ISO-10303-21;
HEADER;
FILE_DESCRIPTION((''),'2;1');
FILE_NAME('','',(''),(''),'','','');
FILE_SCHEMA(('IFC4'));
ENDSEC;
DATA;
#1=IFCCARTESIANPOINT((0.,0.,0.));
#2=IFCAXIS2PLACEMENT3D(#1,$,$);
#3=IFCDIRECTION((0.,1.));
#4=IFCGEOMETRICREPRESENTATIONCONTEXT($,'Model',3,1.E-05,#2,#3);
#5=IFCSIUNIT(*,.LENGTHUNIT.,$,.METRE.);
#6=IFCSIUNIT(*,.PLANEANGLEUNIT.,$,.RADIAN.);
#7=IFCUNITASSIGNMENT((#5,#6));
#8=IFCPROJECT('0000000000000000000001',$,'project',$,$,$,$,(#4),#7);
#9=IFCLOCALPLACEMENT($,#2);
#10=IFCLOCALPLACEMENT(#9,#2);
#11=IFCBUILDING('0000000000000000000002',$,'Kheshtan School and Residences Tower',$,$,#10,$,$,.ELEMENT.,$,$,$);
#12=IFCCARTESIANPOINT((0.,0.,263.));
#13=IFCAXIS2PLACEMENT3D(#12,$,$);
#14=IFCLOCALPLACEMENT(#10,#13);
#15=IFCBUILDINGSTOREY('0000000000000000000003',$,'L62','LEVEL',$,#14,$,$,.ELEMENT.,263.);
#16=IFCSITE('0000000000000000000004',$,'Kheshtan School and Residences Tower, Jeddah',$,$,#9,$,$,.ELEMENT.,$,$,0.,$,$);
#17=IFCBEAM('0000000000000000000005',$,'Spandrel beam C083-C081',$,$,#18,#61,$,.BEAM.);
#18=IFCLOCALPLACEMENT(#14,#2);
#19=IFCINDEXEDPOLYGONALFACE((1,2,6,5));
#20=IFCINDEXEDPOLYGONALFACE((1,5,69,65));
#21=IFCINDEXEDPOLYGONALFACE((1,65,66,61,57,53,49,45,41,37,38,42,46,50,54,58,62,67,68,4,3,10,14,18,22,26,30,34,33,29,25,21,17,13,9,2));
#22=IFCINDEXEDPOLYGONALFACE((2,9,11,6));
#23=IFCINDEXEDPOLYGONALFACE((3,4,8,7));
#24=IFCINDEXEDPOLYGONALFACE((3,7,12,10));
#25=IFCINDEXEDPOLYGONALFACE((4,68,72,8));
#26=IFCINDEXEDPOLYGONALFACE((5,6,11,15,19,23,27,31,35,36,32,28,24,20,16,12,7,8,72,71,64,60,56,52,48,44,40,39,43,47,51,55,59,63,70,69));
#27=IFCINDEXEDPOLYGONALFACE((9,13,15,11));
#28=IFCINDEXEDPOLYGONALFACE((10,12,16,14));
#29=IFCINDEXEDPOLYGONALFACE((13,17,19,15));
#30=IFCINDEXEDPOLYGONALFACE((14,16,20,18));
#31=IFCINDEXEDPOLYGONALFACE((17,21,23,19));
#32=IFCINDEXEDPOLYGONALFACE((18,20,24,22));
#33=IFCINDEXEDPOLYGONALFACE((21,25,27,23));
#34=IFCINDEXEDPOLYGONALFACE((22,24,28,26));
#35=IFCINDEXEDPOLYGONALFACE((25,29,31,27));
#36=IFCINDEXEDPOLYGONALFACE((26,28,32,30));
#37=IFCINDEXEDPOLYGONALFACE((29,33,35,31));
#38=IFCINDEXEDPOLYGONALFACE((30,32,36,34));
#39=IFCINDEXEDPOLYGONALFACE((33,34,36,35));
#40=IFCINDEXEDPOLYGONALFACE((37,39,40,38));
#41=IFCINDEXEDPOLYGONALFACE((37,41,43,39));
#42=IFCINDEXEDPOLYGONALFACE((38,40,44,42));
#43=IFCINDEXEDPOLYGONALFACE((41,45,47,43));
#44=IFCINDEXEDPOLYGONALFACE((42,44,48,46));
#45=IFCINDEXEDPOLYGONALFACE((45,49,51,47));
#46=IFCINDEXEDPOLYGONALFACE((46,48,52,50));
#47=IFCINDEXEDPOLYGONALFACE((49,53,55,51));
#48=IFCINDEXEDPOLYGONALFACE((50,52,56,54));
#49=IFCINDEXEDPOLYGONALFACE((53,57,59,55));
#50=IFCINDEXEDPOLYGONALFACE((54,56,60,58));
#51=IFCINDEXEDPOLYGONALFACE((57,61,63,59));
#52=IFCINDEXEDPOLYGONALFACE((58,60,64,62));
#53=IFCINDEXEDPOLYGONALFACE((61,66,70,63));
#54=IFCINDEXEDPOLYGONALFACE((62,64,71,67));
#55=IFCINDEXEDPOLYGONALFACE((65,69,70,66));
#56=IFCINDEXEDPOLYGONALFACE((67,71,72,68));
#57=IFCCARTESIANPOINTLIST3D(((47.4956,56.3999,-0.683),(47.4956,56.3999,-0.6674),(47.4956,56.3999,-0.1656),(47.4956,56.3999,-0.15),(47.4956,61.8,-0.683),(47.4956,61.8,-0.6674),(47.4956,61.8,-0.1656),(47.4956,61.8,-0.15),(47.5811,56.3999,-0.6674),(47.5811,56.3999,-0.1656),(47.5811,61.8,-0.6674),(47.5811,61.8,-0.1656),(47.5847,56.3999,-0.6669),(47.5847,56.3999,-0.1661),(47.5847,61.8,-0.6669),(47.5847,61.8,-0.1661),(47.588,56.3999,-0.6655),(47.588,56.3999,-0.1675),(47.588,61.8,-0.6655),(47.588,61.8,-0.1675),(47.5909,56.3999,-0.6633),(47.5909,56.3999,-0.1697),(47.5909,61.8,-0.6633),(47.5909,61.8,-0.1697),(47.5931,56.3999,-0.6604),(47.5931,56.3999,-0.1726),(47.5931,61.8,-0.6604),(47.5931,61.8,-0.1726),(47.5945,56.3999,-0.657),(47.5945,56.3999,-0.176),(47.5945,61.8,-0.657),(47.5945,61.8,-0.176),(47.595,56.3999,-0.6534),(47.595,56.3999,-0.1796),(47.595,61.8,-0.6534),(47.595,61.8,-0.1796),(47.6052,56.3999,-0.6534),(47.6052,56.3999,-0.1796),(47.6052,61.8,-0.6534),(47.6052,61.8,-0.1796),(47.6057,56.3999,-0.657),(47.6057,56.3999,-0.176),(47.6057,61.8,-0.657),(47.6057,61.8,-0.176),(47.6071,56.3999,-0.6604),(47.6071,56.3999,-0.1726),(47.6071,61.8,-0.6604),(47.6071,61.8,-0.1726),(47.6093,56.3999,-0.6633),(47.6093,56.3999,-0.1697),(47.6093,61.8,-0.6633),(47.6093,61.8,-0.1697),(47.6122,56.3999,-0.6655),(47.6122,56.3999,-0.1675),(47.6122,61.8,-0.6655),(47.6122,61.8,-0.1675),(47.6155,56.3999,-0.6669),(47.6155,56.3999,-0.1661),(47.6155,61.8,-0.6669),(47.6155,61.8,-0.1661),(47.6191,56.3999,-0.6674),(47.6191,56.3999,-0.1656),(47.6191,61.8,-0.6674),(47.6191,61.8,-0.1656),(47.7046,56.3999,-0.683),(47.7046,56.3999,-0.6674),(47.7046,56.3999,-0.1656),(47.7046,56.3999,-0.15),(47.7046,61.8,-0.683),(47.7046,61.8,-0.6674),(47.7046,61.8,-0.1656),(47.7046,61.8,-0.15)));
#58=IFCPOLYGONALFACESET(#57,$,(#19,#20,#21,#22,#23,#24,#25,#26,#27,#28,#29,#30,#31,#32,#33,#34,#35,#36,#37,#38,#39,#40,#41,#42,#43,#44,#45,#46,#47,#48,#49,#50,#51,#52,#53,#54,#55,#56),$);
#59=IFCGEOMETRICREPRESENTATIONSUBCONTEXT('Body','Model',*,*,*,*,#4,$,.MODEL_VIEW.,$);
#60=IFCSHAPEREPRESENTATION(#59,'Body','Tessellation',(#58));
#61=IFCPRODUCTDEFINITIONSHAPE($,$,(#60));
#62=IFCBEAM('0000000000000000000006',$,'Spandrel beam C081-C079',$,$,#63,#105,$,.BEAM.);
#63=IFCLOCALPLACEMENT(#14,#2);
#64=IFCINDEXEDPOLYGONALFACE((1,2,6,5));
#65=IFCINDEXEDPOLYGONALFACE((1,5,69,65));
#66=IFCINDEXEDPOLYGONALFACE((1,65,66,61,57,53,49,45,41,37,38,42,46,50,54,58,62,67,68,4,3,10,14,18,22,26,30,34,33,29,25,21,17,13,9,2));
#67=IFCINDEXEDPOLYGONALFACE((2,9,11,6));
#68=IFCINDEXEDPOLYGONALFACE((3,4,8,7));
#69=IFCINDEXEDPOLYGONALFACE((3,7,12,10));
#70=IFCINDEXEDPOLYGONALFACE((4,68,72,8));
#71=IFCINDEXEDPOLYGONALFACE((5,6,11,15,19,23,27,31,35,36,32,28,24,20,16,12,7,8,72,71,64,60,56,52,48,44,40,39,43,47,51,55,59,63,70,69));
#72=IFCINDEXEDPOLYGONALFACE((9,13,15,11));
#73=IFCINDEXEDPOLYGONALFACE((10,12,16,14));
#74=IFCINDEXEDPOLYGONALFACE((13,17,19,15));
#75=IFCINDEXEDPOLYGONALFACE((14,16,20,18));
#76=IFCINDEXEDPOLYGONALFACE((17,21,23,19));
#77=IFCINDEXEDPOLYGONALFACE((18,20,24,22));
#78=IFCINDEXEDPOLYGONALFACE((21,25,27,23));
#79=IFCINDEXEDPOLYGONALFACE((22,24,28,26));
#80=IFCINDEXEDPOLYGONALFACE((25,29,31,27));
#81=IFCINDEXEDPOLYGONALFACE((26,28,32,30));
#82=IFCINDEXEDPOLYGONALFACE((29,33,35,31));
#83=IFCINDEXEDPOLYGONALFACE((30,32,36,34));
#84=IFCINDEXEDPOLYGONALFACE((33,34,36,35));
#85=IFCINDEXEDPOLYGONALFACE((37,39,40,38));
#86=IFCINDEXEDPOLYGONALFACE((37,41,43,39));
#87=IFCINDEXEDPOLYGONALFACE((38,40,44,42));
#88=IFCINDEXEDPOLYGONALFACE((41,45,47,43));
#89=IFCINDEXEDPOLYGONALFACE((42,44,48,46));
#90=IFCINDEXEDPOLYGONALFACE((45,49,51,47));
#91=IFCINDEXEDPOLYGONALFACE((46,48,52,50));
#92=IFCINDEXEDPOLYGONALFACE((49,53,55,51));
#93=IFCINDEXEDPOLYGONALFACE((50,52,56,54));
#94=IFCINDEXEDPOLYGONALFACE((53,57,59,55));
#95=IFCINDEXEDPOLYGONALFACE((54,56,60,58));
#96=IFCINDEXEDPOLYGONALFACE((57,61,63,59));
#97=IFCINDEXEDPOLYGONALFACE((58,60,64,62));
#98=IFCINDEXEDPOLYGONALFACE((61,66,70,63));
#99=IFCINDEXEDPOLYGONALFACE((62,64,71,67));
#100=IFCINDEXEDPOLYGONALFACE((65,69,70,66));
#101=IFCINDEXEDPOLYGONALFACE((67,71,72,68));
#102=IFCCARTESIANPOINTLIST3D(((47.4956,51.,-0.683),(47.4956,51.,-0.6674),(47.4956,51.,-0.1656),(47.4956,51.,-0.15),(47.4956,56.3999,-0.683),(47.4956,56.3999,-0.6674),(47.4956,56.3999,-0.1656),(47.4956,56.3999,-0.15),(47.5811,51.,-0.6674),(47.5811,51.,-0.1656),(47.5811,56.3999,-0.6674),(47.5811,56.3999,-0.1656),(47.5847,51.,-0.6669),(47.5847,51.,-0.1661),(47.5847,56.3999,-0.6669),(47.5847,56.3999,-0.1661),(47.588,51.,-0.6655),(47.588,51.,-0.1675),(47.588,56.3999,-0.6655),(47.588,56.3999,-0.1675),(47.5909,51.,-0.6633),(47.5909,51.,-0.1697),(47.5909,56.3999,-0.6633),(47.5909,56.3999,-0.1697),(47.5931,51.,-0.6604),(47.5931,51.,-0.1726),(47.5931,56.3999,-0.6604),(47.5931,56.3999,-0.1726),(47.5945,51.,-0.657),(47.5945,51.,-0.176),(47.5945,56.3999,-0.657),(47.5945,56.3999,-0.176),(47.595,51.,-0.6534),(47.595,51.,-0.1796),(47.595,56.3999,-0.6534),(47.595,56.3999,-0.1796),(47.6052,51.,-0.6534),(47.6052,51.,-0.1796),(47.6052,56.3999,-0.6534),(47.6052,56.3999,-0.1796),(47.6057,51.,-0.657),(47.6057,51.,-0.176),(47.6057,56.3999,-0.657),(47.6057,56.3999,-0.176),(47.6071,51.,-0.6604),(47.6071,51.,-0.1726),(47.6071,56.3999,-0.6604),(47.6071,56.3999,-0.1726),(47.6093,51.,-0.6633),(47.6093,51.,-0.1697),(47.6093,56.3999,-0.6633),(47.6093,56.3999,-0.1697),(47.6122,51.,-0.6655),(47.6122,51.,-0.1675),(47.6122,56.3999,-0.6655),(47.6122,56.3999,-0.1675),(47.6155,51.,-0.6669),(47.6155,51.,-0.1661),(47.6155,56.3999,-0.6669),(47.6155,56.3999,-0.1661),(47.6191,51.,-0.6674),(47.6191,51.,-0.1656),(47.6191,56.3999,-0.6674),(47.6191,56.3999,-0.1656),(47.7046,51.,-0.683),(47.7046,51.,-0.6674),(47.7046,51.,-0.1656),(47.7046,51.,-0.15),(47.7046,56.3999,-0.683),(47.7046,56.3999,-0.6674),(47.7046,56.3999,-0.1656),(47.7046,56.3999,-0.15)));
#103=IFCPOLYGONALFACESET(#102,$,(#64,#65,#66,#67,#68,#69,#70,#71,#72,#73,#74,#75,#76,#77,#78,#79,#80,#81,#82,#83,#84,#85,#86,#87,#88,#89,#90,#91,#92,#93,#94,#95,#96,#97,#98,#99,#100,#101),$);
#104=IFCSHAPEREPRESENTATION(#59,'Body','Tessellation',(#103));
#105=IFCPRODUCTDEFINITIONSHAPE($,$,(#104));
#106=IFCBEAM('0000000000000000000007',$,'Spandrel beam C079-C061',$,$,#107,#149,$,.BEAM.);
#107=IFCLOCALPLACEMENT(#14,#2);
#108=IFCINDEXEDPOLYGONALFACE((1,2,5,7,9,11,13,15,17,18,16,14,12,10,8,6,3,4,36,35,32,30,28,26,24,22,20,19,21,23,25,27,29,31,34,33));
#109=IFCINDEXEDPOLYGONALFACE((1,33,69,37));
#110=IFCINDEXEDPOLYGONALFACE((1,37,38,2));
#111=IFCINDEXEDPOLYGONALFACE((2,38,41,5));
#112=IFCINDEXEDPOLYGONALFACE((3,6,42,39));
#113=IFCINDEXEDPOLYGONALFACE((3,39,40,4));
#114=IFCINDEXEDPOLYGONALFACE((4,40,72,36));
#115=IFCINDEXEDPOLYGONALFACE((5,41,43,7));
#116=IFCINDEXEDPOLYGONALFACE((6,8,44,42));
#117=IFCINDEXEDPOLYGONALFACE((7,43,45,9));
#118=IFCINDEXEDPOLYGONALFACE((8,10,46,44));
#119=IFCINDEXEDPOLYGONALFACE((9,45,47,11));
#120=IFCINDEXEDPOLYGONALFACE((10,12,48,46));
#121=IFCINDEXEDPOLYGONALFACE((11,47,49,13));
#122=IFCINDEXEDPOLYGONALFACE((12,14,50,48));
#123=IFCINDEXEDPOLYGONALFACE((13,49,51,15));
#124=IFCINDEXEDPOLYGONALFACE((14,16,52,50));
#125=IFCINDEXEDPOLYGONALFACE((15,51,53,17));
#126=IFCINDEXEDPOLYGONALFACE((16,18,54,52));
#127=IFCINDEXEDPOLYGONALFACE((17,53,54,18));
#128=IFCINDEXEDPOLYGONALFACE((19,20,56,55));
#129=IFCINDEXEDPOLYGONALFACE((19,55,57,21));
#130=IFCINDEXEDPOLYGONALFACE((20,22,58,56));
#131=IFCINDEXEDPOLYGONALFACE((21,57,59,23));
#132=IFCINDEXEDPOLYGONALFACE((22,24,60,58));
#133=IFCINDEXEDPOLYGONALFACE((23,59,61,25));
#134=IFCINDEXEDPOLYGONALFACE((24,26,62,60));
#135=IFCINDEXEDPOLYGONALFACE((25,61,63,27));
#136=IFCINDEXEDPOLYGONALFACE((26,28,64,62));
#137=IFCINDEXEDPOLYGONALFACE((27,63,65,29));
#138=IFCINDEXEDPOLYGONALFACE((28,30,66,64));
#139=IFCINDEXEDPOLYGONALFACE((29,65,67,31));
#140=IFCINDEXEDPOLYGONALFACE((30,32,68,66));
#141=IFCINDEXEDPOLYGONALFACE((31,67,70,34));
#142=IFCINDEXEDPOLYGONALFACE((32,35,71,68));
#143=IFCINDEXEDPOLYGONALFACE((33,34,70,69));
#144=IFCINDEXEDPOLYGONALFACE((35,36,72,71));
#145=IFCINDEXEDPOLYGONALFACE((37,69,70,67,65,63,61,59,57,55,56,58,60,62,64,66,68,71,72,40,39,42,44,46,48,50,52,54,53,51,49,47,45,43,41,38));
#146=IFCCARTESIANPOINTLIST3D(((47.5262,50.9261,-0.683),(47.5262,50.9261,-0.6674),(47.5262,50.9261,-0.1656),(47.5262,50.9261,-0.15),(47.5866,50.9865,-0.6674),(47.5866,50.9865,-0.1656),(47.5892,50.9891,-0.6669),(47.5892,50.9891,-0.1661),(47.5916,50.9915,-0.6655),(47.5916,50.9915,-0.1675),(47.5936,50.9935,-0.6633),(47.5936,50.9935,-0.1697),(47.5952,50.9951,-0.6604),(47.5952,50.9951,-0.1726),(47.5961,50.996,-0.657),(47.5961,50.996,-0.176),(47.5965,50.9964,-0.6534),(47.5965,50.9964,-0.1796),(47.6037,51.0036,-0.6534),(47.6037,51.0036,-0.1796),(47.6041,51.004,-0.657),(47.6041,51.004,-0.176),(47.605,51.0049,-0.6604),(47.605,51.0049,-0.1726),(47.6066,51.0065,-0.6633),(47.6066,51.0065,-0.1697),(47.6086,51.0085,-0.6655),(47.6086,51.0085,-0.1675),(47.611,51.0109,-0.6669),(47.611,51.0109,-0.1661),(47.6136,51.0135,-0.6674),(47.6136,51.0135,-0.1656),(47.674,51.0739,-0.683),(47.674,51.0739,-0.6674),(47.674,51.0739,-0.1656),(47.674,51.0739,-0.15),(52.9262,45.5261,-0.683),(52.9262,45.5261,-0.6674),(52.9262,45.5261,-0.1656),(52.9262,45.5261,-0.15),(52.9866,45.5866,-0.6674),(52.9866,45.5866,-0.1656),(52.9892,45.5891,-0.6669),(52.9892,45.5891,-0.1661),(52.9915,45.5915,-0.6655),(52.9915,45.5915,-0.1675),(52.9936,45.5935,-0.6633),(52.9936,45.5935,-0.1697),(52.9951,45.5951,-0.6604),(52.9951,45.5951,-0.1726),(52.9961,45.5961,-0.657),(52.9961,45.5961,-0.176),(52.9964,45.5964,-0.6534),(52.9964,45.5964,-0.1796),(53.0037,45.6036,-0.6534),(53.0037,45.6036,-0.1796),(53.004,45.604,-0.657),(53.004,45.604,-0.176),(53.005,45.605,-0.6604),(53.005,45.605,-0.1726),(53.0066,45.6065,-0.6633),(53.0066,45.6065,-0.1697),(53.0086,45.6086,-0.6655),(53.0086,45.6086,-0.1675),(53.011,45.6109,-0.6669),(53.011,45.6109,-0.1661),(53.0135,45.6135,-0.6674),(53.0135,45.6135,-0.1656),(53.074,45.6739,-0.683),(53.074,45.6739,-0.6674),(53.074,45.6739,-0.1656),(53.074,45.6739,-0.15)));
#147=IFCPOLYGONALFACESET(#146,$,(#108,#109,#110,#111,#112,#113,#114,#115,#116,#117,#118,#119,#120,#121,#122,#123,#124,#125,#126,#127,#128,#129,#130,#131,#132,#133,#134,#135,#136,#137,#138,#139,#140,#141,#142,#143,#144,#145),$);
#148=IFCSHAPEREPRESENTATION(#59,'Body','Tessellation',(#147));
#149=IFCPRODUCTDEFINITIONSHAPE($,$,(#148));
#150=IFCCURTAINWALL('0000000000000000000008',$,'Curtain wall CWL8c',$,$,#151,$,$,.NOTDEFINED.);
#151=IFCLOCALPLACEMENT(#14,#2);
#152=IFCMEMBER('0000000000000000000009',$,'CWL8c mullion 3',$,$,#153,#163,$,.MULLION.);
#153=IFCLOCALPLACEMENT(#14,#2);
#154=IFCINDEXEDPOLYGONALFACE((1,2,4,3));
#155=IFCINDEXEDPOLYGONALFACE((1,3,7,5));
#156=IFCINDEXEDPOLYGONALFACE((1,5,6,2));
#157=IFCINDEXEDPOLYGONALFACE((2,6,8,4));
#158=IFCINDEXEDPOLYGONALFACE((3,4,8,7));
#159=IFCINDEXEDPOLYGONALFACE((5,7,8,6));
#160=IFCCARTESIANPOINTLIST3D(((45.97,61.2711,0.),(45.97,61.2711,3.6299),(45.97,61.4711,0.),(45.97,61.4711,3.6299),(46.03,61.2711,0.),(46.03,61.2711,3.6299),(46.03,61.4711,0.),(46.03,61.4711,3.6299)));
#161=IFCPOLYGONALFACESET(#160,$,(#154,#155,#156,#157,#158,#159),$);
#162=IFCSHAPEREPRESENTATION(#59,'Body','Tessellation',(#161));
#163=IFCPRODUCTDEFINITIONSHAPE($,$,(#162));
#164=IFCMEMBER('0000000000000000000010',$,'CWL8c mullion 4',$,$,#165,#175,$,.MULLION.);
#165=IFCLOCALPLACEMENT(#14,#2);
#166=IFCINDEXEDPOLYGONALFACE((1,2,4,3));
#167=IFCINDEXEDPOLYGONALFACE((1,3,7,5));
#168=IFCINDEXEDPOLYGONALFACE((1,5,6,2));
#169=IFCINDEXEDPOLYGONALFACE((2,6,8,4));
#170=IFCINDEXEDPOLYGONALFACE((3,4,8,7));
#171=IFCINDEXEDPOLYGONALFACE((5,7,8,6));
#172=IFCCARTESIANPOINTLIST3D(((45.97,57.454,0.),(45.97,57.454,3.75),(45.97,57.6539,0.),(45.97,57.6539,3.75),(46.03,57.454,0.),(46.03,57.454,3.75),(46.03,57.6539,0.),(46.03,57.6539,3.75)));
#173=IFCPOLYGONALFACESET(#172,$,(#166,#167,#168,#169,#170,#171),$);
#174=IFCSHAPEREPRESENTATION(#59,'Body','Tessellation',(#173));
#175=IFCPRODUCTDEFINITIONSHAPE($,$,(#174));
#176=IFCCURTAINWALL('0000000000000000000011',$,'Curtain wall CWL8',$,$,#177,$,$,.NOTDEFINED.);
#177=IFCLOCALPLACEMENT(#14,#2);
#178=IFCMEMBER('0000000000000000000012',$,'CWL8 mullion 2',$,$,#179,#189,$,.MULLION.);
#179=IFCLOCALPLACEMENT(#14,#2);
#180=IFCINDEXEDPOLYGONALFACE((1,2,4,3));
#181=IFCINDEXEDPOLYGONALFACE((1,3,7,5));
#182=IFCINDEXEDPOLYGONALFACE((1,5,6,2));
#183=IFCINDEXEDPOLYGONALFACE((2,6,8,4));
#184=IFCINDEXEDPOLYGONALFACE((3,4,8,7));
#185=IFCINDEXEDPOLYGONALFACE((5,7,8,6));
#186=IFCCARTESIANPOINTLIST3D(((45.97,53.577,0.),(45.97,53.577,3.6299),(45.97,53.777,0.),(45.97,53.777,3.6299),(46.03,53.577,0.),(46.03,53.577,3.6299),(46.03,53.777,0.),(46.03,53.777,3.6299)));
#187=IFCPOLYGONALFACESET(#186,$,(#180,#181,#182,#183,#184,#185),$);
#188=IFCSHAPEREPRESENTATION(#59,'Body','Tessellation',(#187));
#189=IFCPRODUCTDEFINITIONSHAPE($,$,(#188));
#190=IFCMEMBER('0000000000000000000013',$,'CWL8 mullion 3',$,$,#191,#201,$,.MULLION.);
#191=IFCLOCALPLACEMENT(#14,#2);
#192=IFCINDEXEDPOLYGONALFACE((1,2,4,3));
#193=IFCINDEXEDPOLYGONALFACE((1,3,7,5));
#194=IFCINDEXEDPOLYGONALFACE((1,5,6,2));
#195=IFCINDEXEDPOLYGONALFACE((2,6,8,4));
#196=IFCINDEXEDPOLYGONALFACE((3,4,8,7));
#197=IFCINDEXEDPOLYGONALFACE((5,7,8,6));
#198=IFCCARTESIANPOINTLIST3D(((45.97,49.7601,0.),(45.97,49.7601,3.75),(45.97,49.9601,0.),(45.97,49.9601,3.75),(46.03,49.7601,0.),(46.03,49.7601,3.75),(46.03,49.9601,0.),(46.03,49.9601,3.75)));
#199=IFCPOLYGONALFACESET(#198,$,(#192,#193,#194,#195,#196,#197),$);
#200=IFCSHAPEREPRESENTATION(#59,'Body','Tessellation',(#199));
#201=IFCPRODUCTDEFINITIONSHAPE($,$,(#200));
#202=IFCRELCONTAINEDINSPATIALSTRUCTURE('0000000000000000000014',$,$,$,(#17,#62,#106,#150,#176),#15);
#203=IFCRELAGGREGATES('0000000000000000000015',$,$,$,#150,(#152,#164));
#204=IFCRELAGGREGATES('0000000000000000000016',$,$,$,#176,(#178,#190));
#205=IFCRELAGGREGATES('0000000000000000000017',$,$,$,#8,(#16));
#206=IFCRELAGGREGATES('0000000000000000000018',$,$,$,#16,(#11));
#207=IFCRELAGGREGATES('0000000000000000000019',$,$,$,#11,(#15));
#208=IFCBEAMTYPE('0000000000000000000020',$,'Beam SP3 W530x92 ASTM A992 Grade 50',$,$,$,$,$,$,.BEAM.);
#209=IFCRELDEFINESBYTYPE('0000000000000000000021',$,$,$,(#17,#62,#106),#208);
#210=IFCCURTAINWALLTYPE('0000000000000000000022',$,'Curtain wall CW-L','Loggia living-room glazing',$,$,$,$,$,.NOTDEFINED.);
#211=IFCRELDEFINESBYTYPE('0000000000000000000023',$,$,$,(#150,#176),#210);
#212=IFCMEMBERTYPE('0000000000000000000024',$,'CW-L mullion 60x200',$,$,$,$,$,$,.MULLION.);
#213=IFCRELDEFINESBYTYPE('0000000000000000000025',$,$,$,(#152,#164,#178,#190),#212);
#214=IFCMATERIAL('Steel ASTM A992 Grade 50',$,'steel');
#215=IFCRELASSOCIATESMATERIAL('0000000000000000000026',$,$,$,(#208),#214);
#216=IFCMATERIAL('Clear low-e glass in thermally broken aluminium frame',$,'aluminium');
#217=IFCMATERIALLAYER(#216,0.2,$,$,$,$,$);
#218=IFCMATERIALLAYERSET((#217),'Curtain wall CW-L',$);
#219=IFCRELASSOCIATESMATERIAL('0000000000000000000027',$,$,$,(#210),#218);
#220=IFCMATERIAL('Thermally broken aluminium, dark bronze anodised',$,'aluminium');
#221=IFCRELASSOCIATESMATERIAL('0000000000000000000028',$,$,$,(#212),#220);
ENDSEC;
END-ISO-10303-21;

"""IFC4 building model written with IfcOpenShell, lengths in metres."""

from ifc_helpers import new_model, si_unit, direction, frame, origin, origin_2d, place, context, subcontext, project, spatial, rectangle, i_section, extrude, material, layer, layer_set, material_profile, profile_set, type_object, element, aggregate, save


model = new_model("IFC4")

# Units and contexts
model_context = context("Model", 3, precision=1e-05, world=origin(), true_north=direction((0.0, 1.0)))
body_context = subcontext(model_context, "Body", "Model", "MODEL_VIEW")
ifc_project = project(units=[si_unit("LENGTHUNIT", "METRE"), si_unit("PLANEANGLEUNIT", "RADIAN")], contexts=[model_context])

# Site, building, storey
site_placement = place(None, origin())
site = spatial("IfcSite", under=ifc_project, at=site_placement, Name="Kheshtan School and Residences Tower, Jeddah", CompositionType="ELEMENT", RefElevation=0.0)
building_placement = place(site_placement, origin())
building = spatial("IfcBuilding", under=site, at=building_placement, Name="Kheshtan School and Residences Tower", CompositionType="ELEMENT")
storey_placement = place(building_placement, frame((0.0, 0.0, 263.0)))
storey = spatial("IfcBuildingStorey", under=building, at=storey_placement, Name="L62", Description="LEVEL", CompositionType="ELEMENT", Elevation=263.0)

# Shared definitions
ifc_material_1 = material(Name="Steel ASTM A992 Grade 50", Category="steel")

# Beams
ifc_material_profile_1 = material_profile(ifc_material_1, i_section(OverallWidth=0.209, OverallDepth=0.533, WebThickness=0.0103, FlangeThickness=0.0156, FilletRadius=0.0139, at=origin_2d()), Name="W530x92")
ifc_profile_set_1 = profile_set([ifc_material_profile_1], Name="Steel ASTM A992 Grade 50")
beam_type_1 = type_object("IfcBeamType", Name="Beam SP3 W530x92 ASTM A992 Grade 50", PredefinedType="BEAM", material=ifc_profile_set_1)
beam_1_placement = place(storey_placement, frame((47.6001, 61.8, -0.4165), z_axis=(0.0, -1.0, 0.0), x_axis=(1.0, 0.0, 0.0)))
element("IfcBeam", 1, at=beam_1_placement, inside=storey, type_object=beam_type_1, Name="Spandrel beam C083-C081", PredefinedType="BEAM", context=body_context, shape_type="SweptSolid", body=[
    extrude(i_section(OverallWidth=0.209, OverallDepth=0.533, WebThickness=0.0103, FlangeThickness=0.0156, FilletRadius=0.0139, at=origin_2d()), origin(), (0.0, 0.0, 1.0), 5.4001),
])
beam_2_placement = place(storey_placement, frame((47.6001, 56.3999, -0.4165), z_axis=(0.0, -1.0, 0.0), x_axis=(1.0, 0.0, 0.0)))
element("IfcBeam", 2, at=beam_2_placement, inside=storey, type_object=beam_type_1, Name="Spandrel beam C081-C079", PredefinedType="BEAM", context=body_context, shape_type="SweptSolid", body=[
    extrude(i_section(OverallWidth=0.209, OverallDepth=0.533, WebThickness=0.0103, FlangeThickness=0.0156, FilletRadius=0.0139, at=origin_2d()), origin(), (0.0, 0.0, 1.0), 5.3999),
])
beam_3_placement = place(storey_placement, frame((47.6001, 51.0, -0.4165), z_axis=(0.707107, -0.707107, 0.0), x_axis=(0.707107, 0.707107, 0.0)))
element("IfcBeam", 3, at=beam_3_placement, inside=storey, type_object=beam_type_1, Name="Spandrel beam C079-C061", PredefinedType="BEAM", context=body_context, shape_type="SweptSolid", body=[
    extrude(i_section(OverallWidth=0.209, OverallDepth=0.533, WebThickness=0.0103, FlangeThickness=0.0156, FilletRadius=0.0139, at=origin_2d()), origin(), (0.0, 0.0, 1.0), 7.6367),
])

# Curtain walls, members
ifc_material_2 = material(Name="Clear low-e glass in thermally broken aluminium frame", Category="aluminium")
ifc_layer_1 = layer(ifc_material_2, 0.2)
ifc_layer_set_1 = layer_set([ifc_layer_1], Name="Curtain wall CW-L")
curtain_wall_type = type_object("IfcCurtainWallType", Name="Curtain wall CW-L", Description="Loggia living-room glazing", PredefinedType="NOTDEFINED", material=ifc_layer_set_1)
curtain_wall_1_placement = place(storey_placement, origin())
curtain_wall_1 = element("IfcCurtainWall", 4, at=curtain_wall_1_placement, inside=storey, type_object=curtain_wall_type, Name="Curtain wall CWL8c", PredefinedType="NOTDEFINED")
ifc_material_3 = material(Name="Thermally broken aluminium, dark bronze anodised", Category="aluminium")
ifc_material_profile_2 = material_profile(ifc_material_3, rectangle(XDim=0.0601, YDim=0.2, at=origin_2d()), Name="CW-L mullion 60x200")
ifc_profile_set_2 = profile_set([ifc_material_profile_2], Name="Thermally broken aluminium, dark bronze anodised")
member_type_1 = type_object("IfcMemberType", Name="CW-L mullion 60x200", PredefinedType="MULLION", material=ifc_profile_set_2)
member_1_placement = place(storey_placement, frame((46.0, 61.3711, 0.0), z_axis=(0.0, 0.0, 1.0), x_axis=(1.0, 0.0, 0.0)))
member_1 = element("IfcMember", 5, at=member_1_placement, type_object=member_type_1, Name="CWL8c mullion 3", PredefinedType="MULLION", context=body_context, shape_type="SweptSolid", body=[
    extrude(rectangle(XDim=0.0601, YDim=0.2, at=origin_2d()), origin(), (0.0, 0.0, 1.0), 3.6299),
])
member_2_placement = place(storey_placement, frame((46.0, 57.554, 0.0), z_axis=(0.0, 0.0, 1.0), x_axis=(1.0, 0.0, 0.0)))
member_2 = element("IfcMember", 6, at=member_2_placement, type_object=member_type_1, Name="CWL8c mullion 4", PredefinedType="MULLION", context=body_context, shape_type="SweptSolid", body=[
    extrude(rectangle(XDim=0.0601, YDim=0.2, at=origin_2d()), origin(), (0.0, 0.0, 1.0), 3.75),
])
curtain_wall_2_placement = place(storey_placement, origin())
curtain_wall_2 = element("IfcCurtainWall", 7, at=curtain_wall_2_placement, inside=storey, type_object=curtain_wall_type, Name="Curtain wall CWL8", PredefinedType="NOTDEFINED")
member_3_placement = place(storey_placement, frame((46.0, 53.677, 0.0), z_axis=(0.0, 0.0, 1.0), x_axis=(1.0, 0.0, 0.0)))
member_3 = element("IfcMember", 8, at=member_3_placement, type_object=member_type_1, Name="CWL8 mullion 2", PredefinedType="MULLION", context=body_context, shape_type="SweptSolid", body=[
    extrude(rectangle(XDim=0.0601, YDim=0.2, at=origin_2d()), origin(), (0.0, 0.0, 1.0), 3.6299),
])
member_4_placement = place(storey_placement, frame((46.0, 49.8601, 0.0), z_axis=(0.0, 0.0, 1.0), x_axis=(1.0, 0.0, 0.0)))
member_4 = element("IfcMember", 9, at=member_4_placement, type_object=member_type_1, Name="CWL8 mullion 3", PredefinedType="MULLION", context=body_context, shape_type="SweptSolid", body=[
    extrude(rectangle(XDim=0.0601, YDim=0.2, at=origin_2d()), origin(), (0.0, 0.0, 1.0), 3.75),
])

aggregate(curtain_wall_1, [member_1, member_2])
aggregate(curtain_wall_2, [member_3, member_4])

save(model, "model.ifc")
